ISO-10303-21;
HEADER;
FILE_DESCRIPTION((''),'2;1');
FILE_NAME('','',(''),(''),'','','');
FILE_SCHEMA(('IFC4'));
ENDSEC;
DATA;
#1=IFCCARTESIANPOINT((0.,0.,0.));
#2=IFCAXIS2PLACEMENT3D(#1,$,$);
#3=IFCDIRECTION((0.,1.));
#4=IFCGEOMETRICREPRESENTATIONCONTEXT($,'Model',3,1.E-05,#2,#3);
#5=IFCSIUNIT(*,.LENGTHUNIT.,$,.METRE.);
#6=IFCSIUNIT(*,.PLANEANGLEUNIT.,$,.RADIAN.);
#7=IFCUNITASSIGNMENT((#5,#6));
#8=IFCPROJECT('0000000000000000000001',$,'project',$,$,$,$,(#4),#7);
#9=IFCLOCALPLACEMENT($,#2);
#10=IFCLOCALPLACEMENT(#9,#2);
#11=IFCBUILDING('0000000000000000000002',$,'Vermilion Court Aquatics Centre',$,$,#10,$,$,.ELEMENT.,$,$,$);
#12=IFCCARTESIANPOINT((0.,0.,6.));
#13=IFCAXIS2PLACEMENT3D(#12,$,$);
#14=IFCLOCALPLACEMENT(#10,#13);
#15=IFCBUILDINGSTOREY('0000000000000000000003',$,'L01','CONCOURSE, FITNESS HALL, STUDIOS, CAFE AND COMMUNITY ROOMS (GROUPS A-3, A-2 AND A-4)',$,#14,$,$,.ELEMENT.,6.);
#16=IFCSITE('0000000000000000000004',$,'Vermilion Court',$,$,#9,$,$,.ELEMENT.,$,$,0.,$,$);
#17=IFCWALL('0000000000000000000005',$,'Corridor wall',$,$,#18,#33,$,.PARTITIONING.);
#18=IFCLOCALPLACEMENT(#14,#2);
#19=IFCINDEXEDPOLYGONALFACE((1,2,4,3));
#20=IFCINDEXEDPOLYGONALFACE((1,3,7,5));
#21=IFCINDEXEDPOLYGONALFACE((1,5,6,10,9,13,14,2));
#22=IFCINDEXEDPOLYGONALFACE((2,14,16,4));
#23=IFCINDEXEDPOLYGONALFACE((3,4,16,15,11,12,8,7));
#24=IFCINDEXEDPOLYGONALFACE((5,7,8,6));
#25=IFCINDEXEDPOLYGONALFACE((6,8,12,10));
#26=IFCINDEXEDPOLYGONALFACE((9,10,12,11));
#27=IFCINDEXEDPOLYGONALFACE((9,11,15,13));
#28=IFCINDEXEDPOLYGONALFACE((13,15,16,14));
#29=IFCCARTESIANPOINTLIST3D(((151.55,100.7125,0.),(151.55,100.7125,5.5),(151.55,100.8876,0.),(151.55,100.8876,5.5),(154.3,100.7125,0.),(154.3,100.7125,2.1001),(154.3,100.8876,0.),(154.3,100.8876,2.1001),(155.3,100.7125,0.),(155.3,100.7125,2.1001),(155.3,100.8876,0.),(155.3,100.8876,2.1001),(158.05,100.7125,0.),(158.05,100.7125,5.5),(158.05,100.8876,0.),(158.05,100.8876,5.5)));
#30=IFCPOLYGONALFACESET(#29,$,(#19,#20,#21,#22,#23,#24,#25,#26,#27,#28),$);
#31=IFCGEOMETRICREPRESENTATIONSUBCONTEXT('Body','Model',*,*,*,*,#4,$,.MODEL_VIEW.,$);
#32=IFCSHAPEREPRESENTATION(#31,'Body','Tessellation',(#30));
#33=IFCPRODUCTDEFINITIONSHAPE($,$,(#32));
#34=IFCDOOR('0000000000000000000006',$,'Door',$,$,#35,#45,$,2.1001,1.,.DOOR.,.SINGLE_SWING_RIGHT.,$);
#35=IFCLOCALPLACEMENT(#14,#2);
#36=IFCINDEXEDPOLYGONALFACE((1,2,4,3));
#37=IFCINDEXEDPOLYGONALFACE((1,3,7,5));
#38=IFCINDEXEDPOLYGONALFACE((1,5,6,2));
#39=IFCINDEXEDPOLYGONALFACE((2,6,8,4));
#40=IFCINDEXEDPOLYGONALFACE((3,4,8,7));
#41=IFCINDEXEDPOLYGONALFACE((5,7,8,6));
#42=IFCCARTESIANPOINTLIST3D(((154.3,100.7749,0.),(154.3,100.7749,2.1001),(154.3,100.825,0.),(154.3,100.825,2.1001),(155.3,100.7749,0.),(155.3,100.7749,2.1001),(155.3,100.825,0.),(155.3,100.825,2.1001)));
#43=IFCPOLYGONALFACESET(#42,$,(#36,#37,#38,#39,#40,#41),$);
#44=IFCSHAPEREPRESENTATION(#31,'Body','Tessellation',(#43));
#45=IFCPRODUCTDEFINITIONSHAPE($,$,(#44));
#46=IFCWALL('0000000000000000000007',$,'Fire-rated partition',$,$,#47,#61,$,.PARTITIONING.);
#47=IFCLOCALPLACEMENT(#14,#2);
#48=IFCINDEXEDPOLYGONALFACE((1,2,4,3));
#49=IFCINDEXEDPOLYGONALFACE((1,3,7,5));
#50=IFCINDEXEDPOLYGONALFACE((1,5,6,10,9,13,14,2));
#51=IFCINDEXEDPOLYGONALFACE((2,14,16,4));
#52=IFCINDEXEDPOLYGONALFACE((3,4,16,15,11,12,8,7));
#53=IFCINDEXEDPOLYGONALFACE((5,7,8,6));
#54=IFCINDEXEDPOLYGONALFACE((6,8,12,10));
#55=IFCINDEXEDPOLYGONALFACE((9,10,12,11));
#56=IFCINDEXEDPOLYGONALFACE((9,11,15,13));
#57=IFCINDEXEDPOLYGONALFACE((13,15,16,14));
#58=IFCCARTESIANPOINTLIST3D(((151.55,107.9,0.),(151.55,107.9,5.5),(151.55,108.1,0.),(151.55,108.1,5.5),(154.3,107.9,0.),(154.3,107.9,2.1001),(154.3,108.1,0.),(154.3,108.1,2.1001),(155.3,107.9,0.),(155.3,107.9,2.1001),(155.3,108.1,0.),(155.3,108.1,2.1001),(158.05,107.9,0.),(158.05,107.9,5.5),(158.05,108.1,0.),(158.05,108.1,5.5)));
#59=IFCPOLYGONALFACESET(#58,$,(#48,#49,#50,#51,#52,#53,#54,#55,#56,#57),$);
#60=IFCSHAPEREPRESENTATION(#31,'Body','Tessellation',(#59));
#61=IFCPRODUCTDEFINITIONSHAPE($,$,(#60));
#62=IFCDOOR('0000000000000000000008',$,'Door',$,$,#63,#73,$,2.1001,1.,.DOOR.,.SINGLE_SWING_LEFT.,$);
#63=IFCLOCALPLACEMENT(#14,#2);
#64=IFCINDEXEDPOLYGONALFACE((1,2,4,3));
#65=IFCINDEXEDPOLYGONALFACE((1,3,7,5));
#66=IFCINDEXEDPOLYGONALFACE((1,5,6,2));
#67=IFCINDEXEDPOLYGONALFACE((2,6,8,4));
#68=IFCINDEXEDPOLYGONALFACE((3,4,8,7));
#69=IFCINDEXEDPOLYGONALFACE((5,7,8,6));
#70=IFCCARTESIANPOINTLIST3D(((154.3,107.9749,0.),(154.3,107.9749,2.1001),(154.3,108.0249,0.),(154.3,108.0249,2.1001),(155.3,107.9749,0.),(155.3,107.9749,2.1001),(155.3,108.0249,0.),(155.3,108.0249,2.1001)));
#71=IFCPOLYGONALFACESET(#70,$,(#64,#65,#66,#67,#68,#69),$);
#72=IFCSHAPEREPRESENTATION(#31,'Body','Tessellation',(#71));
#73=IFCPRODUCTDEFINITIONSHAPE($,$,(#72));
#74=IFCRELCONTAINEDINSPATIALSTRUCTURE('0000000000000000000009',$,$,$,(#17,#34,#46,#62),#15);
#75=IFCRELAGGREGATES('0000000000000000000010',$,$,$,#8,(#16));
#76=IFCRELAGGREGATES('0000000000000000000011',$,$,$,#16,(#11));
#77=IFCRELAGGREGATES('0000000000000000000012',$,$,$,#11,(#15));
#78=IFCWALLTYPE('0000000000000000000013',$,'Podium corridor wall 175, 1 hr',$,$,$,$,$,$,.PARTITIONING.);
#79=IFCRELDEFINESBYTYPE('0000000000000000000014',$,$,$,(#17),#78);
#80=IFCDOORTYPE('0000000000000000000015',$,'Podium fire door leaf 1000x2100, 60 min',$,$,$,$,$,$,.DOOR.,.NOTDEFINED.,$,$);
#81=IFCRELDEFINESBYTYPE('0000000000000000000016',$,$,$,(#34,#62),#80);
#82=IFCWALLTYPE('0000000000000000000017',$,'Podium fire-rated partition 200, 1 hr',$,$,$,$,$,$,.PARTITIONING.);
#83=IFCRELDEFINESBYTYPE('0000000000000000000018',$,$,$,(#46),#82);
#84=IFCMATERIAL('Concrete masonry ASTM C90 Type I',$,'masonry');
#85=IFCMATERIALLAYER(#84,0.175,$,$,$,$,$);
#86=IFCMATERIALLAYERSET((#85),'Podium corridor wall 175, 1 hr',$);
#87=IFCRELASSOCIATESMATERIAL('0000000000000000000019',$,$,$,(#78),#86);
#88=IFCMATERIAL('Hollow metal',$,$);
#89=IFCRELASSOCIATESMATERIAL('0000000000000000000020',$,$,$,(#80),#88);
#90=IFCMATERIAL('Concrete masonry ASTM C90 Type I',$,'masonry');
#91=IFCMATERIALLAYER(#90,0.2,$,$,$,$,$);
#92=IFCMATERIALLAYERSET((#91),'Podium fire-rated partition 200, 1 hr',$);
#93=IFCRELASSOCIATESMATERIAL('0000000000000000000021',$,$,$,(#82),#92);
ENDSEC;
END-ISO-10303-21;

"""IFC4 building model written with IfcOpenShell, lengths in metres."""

from ifc_helpers import new_model, si_unit, direction, frame, frame_2d, origin, place, context, subcontext, project, spatial, rectangle, extrude, material, layer, layer_set, type_object, element, fill, save


model = new_model("IFC4")

# Units and contexts
model_context = context("Model", 3, precision=1e-05, world=origin(), true_north=direction((0.0, 1.0)))
body_context = subcontext(model_context, "Body", "Model", "MODEL_VIEW")
ifc_project = project(units=[si_unit("LENGTHUNIT", "METRE"), si_unit("PLANEANGLEUNIT", "RADIAN")], contexts=[model_context])

# Site, building, storey
site_placement = place(None, origin())
site = spatial("IfcSite", under=ifc_project, at=site_placement, Name="Vermilion Court", CompositionType="ELEMENT", RefElevation=0.0)
building_placement = place(site_placement, origin())
building = spatial("IfcBuilding", under=site, at=building_placement, Name="Vermilion Court Aquatics Centre", CompositionType="ELEMENT")
storey_placement = place(building_placement, frame((0.0, 0.0, 6.0)))
storey = spatial("IfcBuildingStorey", under=building, at=storey_placement, Name="L01", Description="CONCOURSE, FITNESS HALL, STUDIOS, CAFE AND COMMUNITY ROOMS (GROUPS A-3, A-2 AND A-4)", CompositionType="ELEMENT", Elevation=6.0)

# Walls, openings, doors
ifc_material_1 = material(Name="Concrete masonry ASTM C90 Type I", Category="masonry")
ifc_layer_1 = layer(ifc_material_1, 0.175)
ifc_layer_set_1 = layer_set([ifc_layer_1], Name="Podium corridor wall 175, 1 hr")
wall_type_1 = type_object("IfcWallType", Name="Podium corridor wall 175, 1 hr", PredefinedType="PARTITIONING", material=ifc_layer_set_1)
wall_1_placement = place(storey_placement, frame((151.55, 100.8, 0.0), z_axis=(0.0, 0.0, 1.0), x_axis=(1.0, 0.0, 0.0)))
wall_1 = element("IfcWall", 1, at=wall_1_placement, inside=storey, type_object=wall_type_1, Name="Corridor wall", PredefinedType="PARTITIONING", context=body_context, shape_type="SweptSolid", body=[
    extrude(rectangle(XDim=6.5, YDim=0.175, at=frame_2d((3.25, 0.0))), origin(), (0.0, 0.0, 1.0), 5.5),
])
opening_1_placement = place(wall_1_placement, frame((2.75, 0.0, 0.0)))
opening_1 = element("IfcOpeningElement", 2, at=opening_1_placement, cuts=wall_1, PredefinedType="OPENING", context=body_context, shape_type="SweptSolid", body=[
    extrude(rectangle(XDim=1.0, YDim=2.1001, at=frame_2d((0.5, 1.05))), frame((0.0, 0.0974, 0.0), z_axis=(0.0, -1.0, 0.0), x_axis=(1.0, 0.0, 0.0)), (0.0, 0.0, 1.0), 0.1951),
])
ifc_material_2 = material(Name="Hollow metal")
door_type_1 = type_object("IfcDoorType", Name="Podium fire door leaf 1000x2100, 60 min", OperationType="NOTDEFINED", PredefinedType="DOOR", material=ifc_material_2)
door_1_placement = place(opening_1_placement, origin())
door_1 = element("IfcDoor", 3, at=door_1_placement, inside=storey, type_object=door_type_1, Name="Door", OperationType="SINGLE_SWING_RIGHT", OverallHeight=2.1001, OverallWidth=1.0, PredefinedType="DOOR", context=body_context, shape_type="SweptSolid", body=[
    extrude(rectangle(XDim=1.0, YDim=2.1001, at=frame_2d((0.5, 1.05))), frame((0.0, 0.0249, 0.0), z_axis=(0.0, -1.0, 0.0), x_axis=(1.0, 0.0, 0.0)), (0.0, 0.0, 1.0), 0.05),
])
fill(opening_1, door_1)
ifc_material_3 = material(Name="Concrete masonry ASTM C90 Type I", Category="masonry")
ifc_layer_2 = layer(ifc_material_3, 0.2)
ifc_layer_set_2 = layer_set([ifc_layer_2], Name="Podium fire-rated partition 200, 1 hr")
wall_type_2 = type_object("IfcWallType", Name="Podium fire-rated partition 200, 1 hr", PredefinedType="PARTITIONING", material=ifc_layer_set_2)
wall_2_placement = place(storey_placement, frame((151.55, 108.0, 0.0), z_axis=(0.0, 0.0, 1.0), x_axis=(1.0, 0.0, 0.0)))
wall_2 = element("IfcWall", 4, at=wall_2_placement, inside=storey, type_object=wall_type_2, Name="Fire-rated partition", PredefinedType="PARTITIONING", context=body_context, shape_type="SweptSolid", body=[
    extrude(rectangle(XDim=6.5, YDim=0.2, at=frame_2d((3.25, 0.0))), origin(), (0.0, 0.0, 1.0), 5.5),
])
opening_2_placement = place(wall_2_placement, frame((2.75, 0.0, 0.0)))
opening_2 = element("IfcOpeningElement", 5, at=opening_2_placement, cuts=wall_2, PredefinedType="OPENING", context=body_context, shape_type="SweptSolid", body=[
    extrude(rectangle(XDim=1.0, YDim=2.1001, at=frame_2d((0.5, 1.05))), frame((0.0, 0.1099, 0.0), z_axis=(0.0, -1.0, 0.0), x_axis=(1.0, 0.0, 0.0)), (0.0, 0.0, 1.0), 0.22),
])
door_2_placement = place(opening_2_placement, origin())
door_2 = element("IfcDoor", 6, at=door_2_placement, inside=storey, type_object=door_type_1, Name="Door", OperationType="SINGLE_SWING_LEFT", OverallHeight=2.1001, OverallWidth=1.0, PredefinedType="DOOR", context=body_context, shape_type="SweptSolid", body=[
    extrude(rectangle(XDim=1.0, YDim=2.1001, at=frame_2d((0.5, 1.05))), frame((0.0, 0.0249, 0.0), z_axis=(0.0, -1.0, 0.0), x_axis=(1.0, 0.0, 0.0)), (0.0, 0.0, 1.0), 0.05),
])
fill(opening_2, door_2)

save(model, "model.ifc")
